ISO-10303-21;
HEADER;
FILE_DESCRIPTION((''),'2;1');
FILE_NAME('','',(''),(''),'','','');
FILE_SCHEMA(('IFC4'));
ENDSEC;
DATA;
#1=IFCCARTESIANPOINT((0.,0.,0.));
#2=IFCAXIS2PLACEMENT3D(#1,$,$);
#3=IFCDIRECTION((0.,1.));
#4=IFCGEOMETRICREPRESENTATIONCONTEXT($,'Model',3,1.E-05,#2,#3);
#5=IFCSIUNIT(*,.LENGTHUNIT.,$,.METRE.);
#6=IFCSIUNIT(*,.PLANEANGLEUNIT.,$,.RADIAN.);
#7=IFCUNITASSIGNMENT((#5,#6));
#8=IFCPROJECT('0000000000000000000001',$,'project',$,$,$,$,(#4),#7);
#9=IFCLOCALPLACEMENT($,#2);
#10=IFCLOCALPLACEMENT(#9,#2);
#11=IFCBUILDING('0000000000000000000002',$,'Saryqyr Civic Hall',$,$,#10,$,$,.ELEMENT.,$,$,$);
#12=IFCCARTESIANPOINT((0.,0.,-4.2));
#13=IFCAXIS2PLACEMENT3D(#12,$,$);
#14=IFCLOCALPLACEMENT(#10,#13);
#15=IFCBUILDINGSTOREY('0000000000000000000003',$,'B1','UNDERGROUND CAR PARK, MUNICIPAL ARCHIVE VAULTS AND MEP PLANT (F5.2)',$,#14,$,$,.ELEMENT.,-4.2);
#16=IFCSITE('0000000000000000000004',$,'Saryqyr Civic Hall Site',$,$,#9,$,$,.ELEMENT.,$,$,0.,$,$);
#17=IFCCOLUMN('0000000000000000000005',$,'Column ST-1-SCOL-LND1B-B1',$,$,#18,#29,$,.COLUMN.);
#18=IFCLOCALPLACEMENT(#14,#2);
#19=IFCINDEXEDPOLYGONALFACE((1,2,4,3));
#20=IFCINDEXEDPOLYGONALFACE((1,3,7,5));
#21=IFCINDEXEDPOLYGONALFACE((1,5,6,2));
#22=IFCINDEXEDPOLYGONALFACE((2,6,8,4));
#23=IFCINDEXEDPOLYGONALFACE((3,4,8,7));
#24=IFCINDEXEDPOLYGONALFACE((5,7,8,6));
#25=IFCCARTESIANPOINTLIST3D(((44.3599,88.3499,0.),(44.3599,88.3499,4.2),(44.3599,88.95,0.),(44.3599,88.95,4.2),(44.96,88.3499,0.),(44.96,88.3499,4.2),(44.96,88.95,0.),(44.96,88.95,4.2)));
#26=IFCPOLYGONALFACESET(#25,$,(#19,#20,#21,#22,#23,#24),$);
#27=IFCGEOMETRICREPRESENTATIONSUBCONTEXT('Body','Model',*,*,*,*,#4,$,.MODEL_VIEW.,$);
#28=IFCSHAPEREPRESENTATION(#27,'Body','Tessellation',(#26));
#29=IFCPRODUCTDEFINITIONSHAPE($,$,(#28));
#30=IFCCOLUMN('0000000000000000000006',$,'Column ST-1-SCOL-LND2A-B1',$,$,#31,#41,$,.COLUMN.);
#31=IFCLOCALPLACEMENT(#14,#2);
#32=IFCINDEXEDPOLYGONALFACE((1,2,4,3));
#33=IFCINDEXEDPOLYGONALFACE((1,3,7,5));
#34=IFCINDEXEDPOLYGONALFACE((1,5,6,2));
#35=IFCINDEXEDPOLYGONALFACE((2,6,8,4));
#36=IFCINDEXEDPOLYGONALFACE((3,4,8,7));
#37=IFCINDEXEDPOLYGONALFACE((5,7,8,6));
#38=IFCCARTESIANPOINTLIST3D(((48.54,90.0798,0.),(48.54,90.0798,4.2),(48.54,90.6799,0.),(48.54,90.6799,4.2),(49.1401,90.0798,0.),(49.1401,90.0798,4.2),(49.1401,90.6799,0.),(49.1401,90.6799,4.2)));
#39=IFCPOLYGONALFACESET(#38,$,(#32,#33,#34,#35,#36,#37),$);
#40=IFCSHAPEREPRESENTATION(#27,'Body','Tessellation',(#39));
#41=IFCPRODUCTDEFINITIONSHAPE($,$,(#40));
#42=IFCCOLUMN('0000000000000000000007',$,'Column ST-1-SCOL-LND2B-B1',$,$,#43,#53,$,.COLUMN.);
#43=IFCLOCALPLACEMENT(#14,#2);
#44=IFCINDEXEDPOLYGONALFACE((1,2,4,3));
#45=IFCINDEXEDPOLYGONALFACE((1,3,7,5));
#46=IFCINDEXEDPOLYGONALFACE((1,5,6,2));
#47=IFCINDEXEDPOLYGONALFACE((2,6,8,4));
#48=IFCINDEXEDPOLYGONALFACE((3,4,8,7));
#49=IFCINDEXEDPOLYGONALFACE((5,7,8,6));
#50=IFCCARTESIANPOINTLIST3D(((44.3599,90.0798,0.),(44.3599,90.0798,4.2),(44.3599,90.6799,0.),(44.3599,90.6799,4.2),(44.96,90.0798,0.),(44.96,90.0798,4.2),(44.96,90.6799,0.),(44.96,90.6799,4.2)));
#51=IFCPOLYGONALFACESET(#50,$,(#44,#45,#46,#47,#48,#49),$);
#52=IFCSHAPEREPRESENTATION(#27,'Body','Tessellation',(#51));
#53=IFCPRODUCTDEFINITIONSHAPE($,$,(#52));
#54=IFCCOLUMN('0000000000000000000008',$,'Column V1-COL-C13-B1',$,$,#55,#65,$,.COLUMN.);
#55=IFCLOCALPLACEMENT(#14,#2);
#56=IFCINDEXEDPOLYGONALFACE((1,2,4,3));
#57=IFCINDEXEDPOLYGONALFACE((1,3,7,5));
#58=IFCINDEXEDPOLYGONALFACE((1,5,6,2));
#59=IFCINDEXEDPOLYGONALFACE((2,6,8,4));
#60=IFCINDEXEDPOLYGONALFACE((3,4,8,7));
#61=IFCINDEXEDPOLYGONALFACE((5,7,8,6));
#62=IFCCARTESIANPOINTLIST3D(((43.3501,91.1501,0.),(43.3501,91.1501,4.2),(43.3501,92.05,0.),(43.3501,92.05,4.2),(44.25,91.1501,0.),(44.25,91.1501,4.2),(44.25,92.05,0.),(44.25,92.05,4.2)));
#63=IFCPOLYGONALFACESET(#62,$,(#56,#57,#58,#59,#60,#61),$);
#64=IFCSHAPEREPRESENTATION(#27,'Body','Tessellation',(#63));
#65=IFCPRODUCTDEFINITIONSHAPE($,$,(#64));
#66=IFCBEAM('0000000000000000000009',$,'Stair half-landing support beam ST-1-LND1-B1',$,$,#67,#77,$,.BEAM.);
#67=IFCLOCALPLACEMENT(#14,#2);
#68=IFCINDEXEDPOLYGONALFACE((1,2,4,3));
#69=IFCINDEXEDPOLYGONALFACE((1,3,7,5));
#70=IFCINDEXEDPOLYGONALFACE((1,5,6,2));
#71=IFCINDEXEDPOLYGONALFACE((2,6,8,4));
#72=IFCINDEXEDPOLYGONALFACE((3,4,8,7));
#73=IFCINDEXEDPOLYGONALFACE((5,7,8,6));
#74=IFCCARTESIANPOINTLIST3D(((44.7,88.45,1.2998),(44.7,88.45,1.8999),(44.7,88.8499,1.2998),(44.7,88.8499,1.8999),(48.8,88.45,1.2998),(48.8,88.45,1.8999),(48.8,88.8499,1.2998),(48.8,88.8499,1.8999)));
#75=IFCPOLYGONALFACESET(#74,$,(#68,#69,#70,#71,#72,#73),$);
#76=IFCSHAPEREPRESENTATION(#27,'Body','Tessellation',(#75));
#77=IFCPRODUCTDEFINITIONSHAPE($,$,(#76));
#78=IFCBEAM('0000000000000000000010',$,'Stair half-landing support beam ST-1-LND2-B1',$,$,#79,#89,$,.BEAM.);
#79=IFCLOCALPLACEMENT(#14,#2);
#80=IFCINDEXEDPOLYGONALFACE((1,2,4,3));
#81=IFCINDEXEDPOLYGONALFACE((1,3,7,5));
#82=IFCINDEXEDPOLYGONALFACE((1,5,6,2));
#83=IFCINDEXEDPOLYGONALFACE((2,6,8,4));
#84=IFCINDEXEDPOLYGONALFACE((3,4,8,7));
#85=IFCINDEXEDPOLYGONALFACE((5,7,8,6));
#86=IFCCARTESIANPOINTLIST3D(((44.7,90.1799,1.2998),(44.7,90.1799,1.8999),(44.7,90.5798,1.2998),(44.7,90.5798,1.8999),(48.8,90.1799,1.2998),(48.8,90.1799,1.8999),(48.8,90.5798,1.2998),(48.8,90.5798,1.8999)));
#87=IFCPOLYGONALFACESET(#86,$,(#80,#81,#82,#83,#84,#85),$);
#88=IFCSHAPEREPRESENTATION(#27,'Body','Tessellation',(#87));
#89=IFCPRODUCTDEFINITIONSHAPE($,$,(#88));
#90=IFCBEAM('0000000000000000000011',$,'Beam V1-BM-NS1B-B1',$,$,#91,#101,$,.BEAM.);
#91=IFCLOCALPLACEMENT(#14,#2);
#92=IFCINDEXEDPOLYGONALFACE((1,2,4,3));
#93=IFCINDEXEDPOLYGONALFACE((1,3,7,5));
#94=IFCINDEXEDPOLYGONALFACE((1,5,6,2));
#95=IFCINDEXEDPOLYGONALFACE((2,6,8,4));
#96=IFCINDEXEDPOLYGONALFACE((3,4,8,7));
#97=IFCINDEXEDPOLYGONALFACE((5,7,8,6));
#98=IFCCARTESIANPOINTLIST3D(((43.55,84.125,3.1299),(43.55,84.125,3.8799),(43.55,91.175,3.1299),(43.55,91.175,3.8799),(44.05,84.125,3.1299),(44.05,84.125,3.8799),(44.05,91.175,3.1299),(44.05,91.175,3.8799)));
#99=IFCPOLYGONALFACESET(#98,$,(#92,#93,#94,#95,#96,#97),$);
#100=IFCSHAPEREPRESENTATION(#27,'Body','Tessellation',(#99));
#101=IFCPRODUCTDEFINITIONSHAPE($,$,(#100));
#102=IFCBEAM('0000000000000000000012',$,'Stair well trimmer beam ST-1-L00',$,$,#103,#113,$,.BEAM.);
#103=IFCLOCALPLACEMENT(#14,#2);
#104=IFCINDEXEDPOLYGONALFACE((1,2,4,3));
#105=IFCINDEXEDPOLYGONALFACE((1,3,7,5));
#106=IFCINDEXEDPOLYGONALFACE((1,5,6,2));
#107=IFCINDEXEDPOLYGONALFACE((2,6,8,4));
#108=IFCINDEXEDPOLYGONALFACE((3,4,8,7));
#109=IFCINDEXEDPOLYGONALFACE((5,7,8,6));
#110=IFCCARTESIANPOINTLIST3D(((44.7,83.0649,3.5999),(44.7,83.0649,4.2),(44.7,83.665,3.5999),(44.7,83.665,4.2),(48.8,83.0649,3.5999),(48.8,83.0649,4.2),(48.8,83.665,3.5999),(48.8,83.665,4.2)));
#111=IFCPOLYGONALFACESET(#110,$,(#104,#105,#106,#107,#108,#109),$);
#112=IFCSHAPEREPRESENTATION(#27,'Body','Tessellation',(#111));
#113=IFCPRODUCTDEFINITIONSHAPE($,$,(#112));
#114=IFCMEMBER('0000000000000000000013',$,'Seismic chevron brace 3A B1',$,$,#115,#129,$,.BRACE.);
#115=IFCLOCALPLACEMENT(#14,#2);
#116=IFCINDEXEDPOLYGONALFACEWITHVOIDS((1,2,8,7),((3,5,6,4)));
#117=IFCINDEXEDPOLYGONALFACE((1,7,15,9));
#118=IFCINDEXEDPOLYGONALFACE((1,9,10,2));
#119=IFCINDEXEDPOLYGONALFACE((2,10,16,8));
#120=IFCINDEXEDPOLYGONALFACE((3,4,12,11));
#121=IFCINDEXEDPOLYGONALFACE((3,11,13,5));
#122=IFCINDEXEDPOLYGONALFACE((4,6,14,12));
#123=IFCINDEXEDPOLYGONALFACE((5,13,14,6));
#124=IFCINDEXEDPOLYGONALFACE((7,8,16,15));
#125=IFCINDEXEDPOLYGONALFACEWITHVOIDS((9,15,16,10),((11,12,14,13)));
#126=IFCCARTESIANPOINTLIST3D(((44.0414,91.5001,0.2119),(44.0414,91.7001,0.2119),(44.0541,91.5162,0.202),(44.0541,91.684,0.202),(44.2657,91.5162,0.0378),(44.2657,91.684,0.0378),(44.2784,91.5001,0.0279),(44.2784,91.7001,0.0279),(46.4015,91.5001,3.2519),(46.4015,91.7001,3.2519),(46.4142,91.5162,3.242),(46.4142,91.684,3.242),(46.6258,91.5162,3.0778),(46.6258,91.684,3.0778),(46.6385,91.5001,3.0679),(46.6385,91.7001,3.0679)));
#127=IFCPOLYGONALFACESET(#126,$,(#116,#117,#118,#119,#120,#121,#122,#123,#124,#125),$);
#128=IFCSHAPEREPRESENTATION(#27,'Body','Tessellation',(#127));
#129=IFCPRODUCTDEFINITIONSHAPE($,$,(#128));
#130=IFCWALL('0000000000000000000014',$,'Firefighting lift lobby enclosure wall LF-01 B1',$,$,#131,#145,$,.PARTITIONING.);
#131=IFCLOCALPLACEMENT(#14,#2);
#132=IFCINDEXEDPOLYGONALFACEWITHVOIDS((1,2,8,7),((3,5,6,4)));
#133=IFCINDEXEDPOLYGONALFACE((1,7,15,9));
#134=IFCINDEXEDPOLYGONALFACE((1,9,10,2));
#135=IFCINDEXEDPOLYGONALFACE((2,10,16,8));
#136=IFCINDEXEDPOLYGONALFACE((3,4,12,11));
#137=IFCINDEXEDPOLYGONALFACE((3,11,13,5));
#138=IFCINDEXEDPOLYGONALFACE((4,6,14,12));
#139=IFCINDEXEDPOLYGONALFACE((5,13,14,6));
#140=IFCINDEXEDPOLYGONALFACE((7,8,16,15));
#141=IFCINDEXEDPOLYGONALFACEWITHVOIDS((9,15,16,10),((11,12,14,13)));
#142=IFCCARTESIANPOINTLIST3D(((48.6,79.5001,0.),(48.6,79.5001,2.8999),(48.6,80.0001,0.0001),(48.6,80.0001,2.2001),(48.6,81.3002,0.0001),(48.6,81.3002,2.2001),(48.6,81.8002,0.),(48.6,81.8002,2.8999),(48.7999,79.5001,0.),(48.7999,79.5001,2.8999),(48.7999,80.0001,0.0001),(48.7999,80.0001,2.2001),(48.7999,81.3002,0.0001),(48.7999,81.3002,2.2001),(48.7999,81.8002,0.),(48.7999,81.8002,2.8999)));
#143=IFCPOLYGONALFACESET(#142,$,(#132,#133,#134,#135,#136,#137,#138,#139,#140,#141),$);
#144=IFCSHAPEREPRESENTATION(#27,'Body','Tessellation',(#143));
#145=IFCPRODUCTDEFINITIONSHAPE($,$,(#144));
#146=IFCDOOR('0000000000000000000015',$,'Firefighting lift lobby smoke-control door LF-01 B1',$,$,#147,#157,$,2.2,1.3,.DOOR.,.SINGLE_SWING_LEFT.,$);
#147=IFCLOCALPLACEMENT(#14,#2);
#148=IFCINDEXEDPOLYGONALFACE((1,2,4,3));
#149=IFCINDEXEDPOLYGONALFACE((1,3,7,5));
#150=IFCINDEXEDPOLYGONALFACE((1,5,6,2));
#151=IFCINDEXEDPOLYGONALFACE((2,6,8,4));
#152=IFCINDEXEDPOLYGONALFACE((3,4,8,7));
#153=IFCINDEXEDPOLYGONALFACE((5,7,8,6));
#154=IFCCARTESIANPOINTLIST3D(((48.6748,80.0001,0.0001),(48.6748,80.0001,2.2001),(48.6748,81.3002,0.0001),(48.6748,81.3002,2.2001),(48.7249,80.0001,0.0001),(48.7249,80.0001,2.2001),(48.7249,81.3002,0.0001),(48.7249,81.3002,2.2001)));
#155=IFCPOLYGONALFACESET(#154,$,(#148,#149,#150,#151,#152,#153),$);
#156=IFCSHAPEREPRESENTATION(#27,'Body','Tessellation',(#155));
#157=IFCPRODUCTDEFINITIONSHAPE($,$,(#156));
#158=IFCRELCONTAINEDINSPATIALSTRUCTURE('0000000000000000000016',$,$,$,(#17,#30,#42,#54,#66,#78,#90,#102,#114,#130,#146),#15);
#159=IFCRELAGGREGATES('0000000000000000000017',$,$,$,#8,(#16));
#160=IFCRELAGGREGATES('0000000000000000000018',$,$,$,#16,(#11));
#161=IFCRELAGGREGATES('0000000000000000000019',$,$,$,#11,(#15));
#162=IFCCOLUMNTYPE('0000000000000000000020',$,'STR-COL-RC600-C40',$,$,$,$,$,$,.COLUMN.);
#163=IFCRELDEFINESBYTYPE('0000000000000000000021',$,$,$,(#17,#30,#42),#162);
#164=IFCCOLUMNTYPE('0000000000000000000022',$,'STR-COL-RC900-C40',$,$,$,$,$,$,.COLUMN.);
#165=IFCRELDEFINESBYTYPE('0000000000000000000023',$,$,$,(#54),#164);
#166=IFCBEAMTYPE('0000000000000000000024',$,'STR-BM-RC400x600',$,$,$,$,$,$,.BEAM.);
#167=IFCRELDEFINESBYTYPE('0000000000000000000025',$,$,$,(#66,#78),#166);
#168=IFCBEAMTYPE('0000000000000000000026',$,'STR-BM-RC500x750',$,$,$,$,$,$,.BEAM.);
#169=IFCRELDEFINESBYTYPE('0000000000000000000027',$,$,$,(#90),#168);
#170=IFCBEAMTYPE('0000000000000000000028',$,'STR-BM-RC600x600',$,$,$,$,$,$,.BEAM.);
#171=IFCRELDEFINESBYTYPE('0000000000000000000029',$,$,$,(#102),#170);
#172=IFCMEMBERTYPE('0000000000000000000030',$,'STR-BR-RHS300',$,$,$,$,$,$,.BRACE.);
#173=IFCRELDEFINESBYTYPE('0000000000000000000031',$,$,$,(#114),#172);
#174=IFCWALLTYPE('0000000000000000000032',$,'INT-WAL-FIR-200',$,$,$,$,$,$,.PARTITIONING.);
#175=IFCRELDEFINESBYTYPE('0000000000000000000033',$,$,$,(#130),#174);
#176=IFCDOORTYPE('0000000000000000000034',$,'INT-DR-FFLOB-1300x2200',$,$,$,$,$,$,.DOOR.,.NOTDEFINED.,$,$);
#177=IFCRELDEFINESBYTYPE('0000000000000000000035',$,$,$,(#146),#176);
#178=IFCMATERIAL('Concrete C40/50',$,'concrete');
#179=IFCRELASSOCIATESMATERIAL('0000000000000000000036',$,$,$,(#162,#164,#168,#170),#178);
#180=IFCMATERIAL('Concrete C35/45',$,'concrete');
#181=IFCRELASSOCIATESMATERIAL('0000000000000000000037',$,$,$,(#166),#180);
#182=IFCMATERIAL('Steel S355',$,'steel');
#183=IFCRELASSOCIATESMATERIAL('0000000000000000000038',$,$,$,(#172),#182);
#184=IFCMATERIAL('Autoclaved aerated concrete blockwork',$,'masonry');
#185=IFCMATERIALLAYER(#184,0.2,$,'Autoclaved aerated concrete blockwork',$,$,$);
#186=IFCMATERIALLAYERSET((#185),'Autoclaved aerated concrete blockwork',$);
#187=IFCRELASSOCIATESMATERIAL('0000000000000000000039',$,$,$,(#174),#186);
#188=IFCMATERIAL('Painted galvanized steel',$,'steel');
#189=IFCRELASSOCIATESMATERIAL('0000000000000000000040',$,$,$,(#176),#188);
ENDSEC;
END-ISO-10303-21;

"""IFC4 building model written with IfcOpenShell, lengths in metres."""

from ifc_helpers import new_model, si_unit, direction, frame, frame_2d, origin, origin_2d, place, context, subcontext, project, spatial, rectangle, hollow_rectangle, extrude, material, layer, layer_set, material_profile, profile_set, type_object, element, fill, save


model = new_model("IFC4")

# Units and contexts
model_context = context("Model", 3, precision=1e-05, world=origin(), true_north=direction((0.0, 1.0)))
body_context = subcontext(model_context, "Body", "Model", "MODEL_VIEW")
ifc_project = project(units=[si_unit("LENGTHUNIT", "METRE"), si_unit("PLANEANGLEUNIT", "RADIAN")], contexts=[model_context])

# Site, building, storey
site_placement = place(None, origin())
site = spatial("IfcSite", under=ifc_project, at=site_placement, Name="Saryqyr Civic Hall Site", CompositionType="ELEMENT", RefElevation=0.0)
building_placement = place(site_placement, origin())
building = spatial("IfcBuilding", under=site, at=building_placement, Name="Saryqyr Civic Hall", CompositionType="ELEMENT")
storey_placement = place(building_placement, frame((0.0, 0.0, -4.2)))
storey = spatial("IfcBuildingStorey", under=building, at=storey_placement, Name="B1", Description="UNDERGROUND CAR PARK, MUNICIPAL ARCHIVE VAULTS AND MEP PLANT (F5.2)", CompositionType="ELEMENT", Elevation=-4.2)

# Shared definitions
ifc_material_1 = material(Name="Concrete C35/45", Category="concrete")

# Columns
ifc_material_2 = material(Name="Steel S355", Category="steel")
ifc_material_3 = material(Name="Concrete C40/50", Category="concrete")
ifc_material_profile_1 = material_profile(ifc_material_3, rectangle(XDim=0.6001, YDim=0.6001, at=origin_2d()), Name="RC 600x600")
ifc_profile_set_1 = profile_set([ifc_material_profile_1], Name="Concrete C40/50")
column_type_1 = type_object("IfcColumnType", Name="STR-COL-RC600-C40", PredefinedType="COLUMN", material=ifc_profile_set_1)
for number, where, z_axis, x_axis, name in (
    (1, (44.6599, 88.6499, 0.0), (0.0, 0.0, 1.0), (1.0, 0.0, 0.0), "Column ST-1-SCOL-LND1B-B1"),
    (2, (48.8401, 90.3799, 0.0), (0.0, 0.0, 1.0), (1.0, 0.0, 0.0), "Column ST-1-SCOL-LND2A-B1"),
    (3, (44.6599, 90.3799, 0.0), (0.0, 0.0, 1.0), (1.0, 0.0, 0.0), "Column ST-1-SCOL-LND2B-B1"),
):
    element("IfcColumn", number, at=place(storey_placement, frame(where, z_axis=z_axis, x_axis=x_axis)), inside=storey, type_object=column_type_1, Name=name, PredefinedType="COLUMN", context=body_context, shape_type="SweptSolid", body=[
        extrude(rectangle(XDim=0.6001, YDim=0.6001, at=origin_2d()), origin(), (0.0, 0.0, 1.0), 4.2),
    ])
ifc_material_profile_2 = material_profile(ifc_material_3, rectangle(XDim=0.8999, YDim=0.8999, at=origin_2d()), Name="RC 900x900")
ifc_profile_set_2 = profile_set([ifc_material_profile_2], Name="Concrete C40/50")
column_type_2 = type_object("IfcColumnType", Name="STR-COL-RC900-C40", PredefinedType="COLUMN", material=ifc_profile_set_2)
column_1_placement = place(storey_placement, frame((43.8, 91.6001, 0.0), z_axis=(0.0, 0.0, 1.0), x_axis=(1.0, 0.0, 0.0)))
element("IfcColumn", 4, at=column_1_placement, inside=storey, type_object=column_type_2, Name="Column V1-COL-C13-B1", PredefinedType="COLUMN", context=body_context, shape_type="SweptSolid", body=[
    extrude(rectangle(XDim=0.8999, YDim=0.8999, at=origin_2d()), origin(), (0.0, 0.0, 1.0), 4.2),
])

# Beams
ifc_material_profile_3 = material_profile(ifc_material_1, rectangle(XDim=0.3999, YDim=0.6001, at=origin_2d()), Name="RC 400x600")
ifc_profile_set_3 = profile_set([ifc_material_profile_3], Name="Concrete C35/45")
beam_type_1 = type_object("IfcBeamType", Name="STR-BM-RC400x600", PredefinedType="BEAM", material=ifc_profile_set_3)
for number, where, z_axis, x_axis, name in (
    (5, (48.8, 88.6499, 1.5999), (-1.0, 0.0, 0.0), (0.0, -1.0, 0.0), "Stair half-landing support beam ST-1-LND1-B1"),
    (6, (48.8, 90.3799, 1.5999), (-1.0, 0.0, 0.0), (0.0, -1.0, 0.0), "Stair half-landing support beam ST-1-LND2-B1"),
):
    element("IfcBeam", number, at=place(storey_placement, frame(where, z_axis=z_axis, x_axis=x_axis)), inside=storey, type_object=beam_type_1, Name=name, PredefinedType="BEAM", context=body_context, shape_type="SweptSolid", body=[
        extrude(rectangle(XDim=0.3999, YDim=0.6001, at=origin_2d()), origin(), (0.0, 0.0, 1.0), 4.1001),
    ])
ifc_material_profile_4 = material_profile(ifc_material_3, rectangle(XDim=0.5, YDim=0.75, at=origin_2d()), Name="RC 500x750")
ifc_profile_set_4 = profile_set([ifc_material_profile_4], Name="Concrete C40/50")
beam_type_2 = type_object("IfcBeamType", Name="STR-BM-RC500x750", PredefinedType="BEAM", material=ifc_profile_set_4)
beam_1_placement = place(storey_placement, frame((43.8, 84.125, 3.5049), z_axis=(0.0, 1.0, 0.0), x_axis=(-1.0, 0.0, 0.0)))
element("IfcBeam", 7, at=beam_1_placement, inside=storey, type_object=beam_type_2, Name="Beam V1-BM-NS1B-B1", PredefinedType="BEAM", context=body_context, shape_type="SweptSolid", body=[
    extrude(rectangle(XDim=0.5, YDim=0.75, at=origin_2d()), origin(), (0.0, 0.0, 1.0), 7.05),
])
ifc_material_profile_5 = material_profile(ifc_material_3, rectangle(XDim=0.6001, YDim=0.6001, at=origin_2d()), Name="RC 600x600")
ifc_profile_set_5 = profile_set([ifc_material_profile_5], Name="Concrete C40/50")
beam_type_3 = type_object("IfcBeamType", Name="STR-BM-RC600x600", PredefinedType="BEAM", material=ifc_profile_set_5)
beam_2_placement = place(storey_placement, frame((48.8, 83.365, 3.8999), z_axis=(-1.0, 0.0, 0.0), x_axis=(0.0, -1.0, 0.0)))
element("IfcBeam", 8, at=beam_2_placement, inside=storey, type_object=beam_type_3, Name="Stair well trimmer beam ST-1-L00", PredefinedType="BEAM", context=body_context, shape_type="SweptSolid", body=[
    extrude(rectangle(XDim=0.6001, YDim=0.6001, at=origin_2d()), origin(), (0.0, 0.0, 1.0), 4.1001),
])

# Member
ifc_material_profile_6 = material_profile(ifc_material_2, hollow_rectangle(XDim=0.2, YDim=0.3, WallThickness=0.0161, at=origin_2d()), Name="RHS 300x200x16")
ifc_profile_set_6 = profile_set([ifc_material_profile_6], Name="Steel S355")
member_type = type_object("IfcMemberType", Name="STR-BR-RHS300", PredefinedType="BRACE", material=ifc_profile_set_6)
member_placement = place(storey_placement, frame((44.1599, 91.6001, 0.1199), z_axis=(0.613233, 0.0, 0.789902), x_axis=(0.0, 1.0, 0.0)))
element("IfcMember", 9, at=member_placement, inside=storey, type_object=member_type, Name="Seismic chevron brace 3A B1", PredefinedType="BRACE", context=body_context, shape_type="SweptSolid", body=[
    extrude(hollow_rectangle(XDim=0.2, YDim=0.3, WallThickness=0.0161, at=origin_2d()), origin(), (0.0, 0.0, 1.0), 3.8486),
])

# Wall, opening, door
ifc_material_4 = material(Name="Autoclaved aerated concrete blockwork", Category="masonry")
ifc_layer_1 = layer(ifc_material_4, 0.2, Name="Autoclaved aerated concrete blockwork")
ifc_layer_set_1 = layer_set([ifc_layer_1], Name="Autoclaved aerated concrete blockwork")
wall_type_1 = type_object("IfcWallType", Name="INT-WAL-FIR-200", PredefinedType="PARTITIONING", material=ifc_layer_set_1)
wall_1_placement = place(storey_placement, frame((48.7, 81.8, 0.0), z_axis=(0.0, 0.0, 1.0), x_axis=(0.0, -1.0, 0.0)))
wall_1 = element("IfcWall", 10, at=wall_1_placement, inside=storey, type_object=wall_type_1, Name="Firefighting lift lobby enclosure wall LF-01 B1", PredefinedType="PARTITIONING", context=body_context, shape_type="SweptSolid", body=[
    extrude(rectangle(XDim=2.3, YDim=0.2, at=frame_2d((1.1499, 0.0))), origin(), (0.0, 0.0, 1.0), 2.8999),
])
opening_1_placement = place(wall_1_placement, frame((0.5, 0.0, 0.0)))
opening_1 = element("IfcOpeningElement", 11, at=opening_1_placement, cuts=wall_1, PredefinedType="OPENING", context=body_context, shape_type="SweptSolid", body=[
    extrude(rectangle(XDim=1.3, YDim=2.2, at=frame_2d((0.6499, 1.1001))), frame((0.0, 0.1099, 0.0), z_axis=(0.0, -1.0, 0.0), x_axis=(1.0, 0.0, 0.0)), (0.0, 0.0, 1.0), 0.22),
])
ifc_material_5 = material(Name="Painted galvanized steel", Category="steel")
door_type_1 = type_object("IfcDoorType", Name="INT-DR-FFLOB-1300x2200", OperationType="NOTDEFINED", PredefinedType="DOOR", material=ifc_material_5)
door_1_placement = place(opening_1_placement, origin())
door_1 = element("IfcDoor", 12, at=door_1_placement, inside=storey, type_object=door_type_1, Name="Firefighting lift lobby smoke-control door LF-01 B1", OperationType="SINGLE_SWING_LEFT", OverallHeight=2.2, OverallWidth=1.3, PredefinedType="DOOR", context=body_context, shape_type="SweptSolid", body=[
    extrude(rectangle(XDim=1.3, YDim=2.2, at=frame_2d((0.6499, 1.1001))), frame((0.0, 0.0249, 0.0), z_axis=(0.0, -1.0, 0.0), x_axis=(1.0, 0.0, 0.0)), (0.0, 0.0, 1.0), 0.05),
])
fill(opening_1, door_1)

save(model, "model.ifc")
